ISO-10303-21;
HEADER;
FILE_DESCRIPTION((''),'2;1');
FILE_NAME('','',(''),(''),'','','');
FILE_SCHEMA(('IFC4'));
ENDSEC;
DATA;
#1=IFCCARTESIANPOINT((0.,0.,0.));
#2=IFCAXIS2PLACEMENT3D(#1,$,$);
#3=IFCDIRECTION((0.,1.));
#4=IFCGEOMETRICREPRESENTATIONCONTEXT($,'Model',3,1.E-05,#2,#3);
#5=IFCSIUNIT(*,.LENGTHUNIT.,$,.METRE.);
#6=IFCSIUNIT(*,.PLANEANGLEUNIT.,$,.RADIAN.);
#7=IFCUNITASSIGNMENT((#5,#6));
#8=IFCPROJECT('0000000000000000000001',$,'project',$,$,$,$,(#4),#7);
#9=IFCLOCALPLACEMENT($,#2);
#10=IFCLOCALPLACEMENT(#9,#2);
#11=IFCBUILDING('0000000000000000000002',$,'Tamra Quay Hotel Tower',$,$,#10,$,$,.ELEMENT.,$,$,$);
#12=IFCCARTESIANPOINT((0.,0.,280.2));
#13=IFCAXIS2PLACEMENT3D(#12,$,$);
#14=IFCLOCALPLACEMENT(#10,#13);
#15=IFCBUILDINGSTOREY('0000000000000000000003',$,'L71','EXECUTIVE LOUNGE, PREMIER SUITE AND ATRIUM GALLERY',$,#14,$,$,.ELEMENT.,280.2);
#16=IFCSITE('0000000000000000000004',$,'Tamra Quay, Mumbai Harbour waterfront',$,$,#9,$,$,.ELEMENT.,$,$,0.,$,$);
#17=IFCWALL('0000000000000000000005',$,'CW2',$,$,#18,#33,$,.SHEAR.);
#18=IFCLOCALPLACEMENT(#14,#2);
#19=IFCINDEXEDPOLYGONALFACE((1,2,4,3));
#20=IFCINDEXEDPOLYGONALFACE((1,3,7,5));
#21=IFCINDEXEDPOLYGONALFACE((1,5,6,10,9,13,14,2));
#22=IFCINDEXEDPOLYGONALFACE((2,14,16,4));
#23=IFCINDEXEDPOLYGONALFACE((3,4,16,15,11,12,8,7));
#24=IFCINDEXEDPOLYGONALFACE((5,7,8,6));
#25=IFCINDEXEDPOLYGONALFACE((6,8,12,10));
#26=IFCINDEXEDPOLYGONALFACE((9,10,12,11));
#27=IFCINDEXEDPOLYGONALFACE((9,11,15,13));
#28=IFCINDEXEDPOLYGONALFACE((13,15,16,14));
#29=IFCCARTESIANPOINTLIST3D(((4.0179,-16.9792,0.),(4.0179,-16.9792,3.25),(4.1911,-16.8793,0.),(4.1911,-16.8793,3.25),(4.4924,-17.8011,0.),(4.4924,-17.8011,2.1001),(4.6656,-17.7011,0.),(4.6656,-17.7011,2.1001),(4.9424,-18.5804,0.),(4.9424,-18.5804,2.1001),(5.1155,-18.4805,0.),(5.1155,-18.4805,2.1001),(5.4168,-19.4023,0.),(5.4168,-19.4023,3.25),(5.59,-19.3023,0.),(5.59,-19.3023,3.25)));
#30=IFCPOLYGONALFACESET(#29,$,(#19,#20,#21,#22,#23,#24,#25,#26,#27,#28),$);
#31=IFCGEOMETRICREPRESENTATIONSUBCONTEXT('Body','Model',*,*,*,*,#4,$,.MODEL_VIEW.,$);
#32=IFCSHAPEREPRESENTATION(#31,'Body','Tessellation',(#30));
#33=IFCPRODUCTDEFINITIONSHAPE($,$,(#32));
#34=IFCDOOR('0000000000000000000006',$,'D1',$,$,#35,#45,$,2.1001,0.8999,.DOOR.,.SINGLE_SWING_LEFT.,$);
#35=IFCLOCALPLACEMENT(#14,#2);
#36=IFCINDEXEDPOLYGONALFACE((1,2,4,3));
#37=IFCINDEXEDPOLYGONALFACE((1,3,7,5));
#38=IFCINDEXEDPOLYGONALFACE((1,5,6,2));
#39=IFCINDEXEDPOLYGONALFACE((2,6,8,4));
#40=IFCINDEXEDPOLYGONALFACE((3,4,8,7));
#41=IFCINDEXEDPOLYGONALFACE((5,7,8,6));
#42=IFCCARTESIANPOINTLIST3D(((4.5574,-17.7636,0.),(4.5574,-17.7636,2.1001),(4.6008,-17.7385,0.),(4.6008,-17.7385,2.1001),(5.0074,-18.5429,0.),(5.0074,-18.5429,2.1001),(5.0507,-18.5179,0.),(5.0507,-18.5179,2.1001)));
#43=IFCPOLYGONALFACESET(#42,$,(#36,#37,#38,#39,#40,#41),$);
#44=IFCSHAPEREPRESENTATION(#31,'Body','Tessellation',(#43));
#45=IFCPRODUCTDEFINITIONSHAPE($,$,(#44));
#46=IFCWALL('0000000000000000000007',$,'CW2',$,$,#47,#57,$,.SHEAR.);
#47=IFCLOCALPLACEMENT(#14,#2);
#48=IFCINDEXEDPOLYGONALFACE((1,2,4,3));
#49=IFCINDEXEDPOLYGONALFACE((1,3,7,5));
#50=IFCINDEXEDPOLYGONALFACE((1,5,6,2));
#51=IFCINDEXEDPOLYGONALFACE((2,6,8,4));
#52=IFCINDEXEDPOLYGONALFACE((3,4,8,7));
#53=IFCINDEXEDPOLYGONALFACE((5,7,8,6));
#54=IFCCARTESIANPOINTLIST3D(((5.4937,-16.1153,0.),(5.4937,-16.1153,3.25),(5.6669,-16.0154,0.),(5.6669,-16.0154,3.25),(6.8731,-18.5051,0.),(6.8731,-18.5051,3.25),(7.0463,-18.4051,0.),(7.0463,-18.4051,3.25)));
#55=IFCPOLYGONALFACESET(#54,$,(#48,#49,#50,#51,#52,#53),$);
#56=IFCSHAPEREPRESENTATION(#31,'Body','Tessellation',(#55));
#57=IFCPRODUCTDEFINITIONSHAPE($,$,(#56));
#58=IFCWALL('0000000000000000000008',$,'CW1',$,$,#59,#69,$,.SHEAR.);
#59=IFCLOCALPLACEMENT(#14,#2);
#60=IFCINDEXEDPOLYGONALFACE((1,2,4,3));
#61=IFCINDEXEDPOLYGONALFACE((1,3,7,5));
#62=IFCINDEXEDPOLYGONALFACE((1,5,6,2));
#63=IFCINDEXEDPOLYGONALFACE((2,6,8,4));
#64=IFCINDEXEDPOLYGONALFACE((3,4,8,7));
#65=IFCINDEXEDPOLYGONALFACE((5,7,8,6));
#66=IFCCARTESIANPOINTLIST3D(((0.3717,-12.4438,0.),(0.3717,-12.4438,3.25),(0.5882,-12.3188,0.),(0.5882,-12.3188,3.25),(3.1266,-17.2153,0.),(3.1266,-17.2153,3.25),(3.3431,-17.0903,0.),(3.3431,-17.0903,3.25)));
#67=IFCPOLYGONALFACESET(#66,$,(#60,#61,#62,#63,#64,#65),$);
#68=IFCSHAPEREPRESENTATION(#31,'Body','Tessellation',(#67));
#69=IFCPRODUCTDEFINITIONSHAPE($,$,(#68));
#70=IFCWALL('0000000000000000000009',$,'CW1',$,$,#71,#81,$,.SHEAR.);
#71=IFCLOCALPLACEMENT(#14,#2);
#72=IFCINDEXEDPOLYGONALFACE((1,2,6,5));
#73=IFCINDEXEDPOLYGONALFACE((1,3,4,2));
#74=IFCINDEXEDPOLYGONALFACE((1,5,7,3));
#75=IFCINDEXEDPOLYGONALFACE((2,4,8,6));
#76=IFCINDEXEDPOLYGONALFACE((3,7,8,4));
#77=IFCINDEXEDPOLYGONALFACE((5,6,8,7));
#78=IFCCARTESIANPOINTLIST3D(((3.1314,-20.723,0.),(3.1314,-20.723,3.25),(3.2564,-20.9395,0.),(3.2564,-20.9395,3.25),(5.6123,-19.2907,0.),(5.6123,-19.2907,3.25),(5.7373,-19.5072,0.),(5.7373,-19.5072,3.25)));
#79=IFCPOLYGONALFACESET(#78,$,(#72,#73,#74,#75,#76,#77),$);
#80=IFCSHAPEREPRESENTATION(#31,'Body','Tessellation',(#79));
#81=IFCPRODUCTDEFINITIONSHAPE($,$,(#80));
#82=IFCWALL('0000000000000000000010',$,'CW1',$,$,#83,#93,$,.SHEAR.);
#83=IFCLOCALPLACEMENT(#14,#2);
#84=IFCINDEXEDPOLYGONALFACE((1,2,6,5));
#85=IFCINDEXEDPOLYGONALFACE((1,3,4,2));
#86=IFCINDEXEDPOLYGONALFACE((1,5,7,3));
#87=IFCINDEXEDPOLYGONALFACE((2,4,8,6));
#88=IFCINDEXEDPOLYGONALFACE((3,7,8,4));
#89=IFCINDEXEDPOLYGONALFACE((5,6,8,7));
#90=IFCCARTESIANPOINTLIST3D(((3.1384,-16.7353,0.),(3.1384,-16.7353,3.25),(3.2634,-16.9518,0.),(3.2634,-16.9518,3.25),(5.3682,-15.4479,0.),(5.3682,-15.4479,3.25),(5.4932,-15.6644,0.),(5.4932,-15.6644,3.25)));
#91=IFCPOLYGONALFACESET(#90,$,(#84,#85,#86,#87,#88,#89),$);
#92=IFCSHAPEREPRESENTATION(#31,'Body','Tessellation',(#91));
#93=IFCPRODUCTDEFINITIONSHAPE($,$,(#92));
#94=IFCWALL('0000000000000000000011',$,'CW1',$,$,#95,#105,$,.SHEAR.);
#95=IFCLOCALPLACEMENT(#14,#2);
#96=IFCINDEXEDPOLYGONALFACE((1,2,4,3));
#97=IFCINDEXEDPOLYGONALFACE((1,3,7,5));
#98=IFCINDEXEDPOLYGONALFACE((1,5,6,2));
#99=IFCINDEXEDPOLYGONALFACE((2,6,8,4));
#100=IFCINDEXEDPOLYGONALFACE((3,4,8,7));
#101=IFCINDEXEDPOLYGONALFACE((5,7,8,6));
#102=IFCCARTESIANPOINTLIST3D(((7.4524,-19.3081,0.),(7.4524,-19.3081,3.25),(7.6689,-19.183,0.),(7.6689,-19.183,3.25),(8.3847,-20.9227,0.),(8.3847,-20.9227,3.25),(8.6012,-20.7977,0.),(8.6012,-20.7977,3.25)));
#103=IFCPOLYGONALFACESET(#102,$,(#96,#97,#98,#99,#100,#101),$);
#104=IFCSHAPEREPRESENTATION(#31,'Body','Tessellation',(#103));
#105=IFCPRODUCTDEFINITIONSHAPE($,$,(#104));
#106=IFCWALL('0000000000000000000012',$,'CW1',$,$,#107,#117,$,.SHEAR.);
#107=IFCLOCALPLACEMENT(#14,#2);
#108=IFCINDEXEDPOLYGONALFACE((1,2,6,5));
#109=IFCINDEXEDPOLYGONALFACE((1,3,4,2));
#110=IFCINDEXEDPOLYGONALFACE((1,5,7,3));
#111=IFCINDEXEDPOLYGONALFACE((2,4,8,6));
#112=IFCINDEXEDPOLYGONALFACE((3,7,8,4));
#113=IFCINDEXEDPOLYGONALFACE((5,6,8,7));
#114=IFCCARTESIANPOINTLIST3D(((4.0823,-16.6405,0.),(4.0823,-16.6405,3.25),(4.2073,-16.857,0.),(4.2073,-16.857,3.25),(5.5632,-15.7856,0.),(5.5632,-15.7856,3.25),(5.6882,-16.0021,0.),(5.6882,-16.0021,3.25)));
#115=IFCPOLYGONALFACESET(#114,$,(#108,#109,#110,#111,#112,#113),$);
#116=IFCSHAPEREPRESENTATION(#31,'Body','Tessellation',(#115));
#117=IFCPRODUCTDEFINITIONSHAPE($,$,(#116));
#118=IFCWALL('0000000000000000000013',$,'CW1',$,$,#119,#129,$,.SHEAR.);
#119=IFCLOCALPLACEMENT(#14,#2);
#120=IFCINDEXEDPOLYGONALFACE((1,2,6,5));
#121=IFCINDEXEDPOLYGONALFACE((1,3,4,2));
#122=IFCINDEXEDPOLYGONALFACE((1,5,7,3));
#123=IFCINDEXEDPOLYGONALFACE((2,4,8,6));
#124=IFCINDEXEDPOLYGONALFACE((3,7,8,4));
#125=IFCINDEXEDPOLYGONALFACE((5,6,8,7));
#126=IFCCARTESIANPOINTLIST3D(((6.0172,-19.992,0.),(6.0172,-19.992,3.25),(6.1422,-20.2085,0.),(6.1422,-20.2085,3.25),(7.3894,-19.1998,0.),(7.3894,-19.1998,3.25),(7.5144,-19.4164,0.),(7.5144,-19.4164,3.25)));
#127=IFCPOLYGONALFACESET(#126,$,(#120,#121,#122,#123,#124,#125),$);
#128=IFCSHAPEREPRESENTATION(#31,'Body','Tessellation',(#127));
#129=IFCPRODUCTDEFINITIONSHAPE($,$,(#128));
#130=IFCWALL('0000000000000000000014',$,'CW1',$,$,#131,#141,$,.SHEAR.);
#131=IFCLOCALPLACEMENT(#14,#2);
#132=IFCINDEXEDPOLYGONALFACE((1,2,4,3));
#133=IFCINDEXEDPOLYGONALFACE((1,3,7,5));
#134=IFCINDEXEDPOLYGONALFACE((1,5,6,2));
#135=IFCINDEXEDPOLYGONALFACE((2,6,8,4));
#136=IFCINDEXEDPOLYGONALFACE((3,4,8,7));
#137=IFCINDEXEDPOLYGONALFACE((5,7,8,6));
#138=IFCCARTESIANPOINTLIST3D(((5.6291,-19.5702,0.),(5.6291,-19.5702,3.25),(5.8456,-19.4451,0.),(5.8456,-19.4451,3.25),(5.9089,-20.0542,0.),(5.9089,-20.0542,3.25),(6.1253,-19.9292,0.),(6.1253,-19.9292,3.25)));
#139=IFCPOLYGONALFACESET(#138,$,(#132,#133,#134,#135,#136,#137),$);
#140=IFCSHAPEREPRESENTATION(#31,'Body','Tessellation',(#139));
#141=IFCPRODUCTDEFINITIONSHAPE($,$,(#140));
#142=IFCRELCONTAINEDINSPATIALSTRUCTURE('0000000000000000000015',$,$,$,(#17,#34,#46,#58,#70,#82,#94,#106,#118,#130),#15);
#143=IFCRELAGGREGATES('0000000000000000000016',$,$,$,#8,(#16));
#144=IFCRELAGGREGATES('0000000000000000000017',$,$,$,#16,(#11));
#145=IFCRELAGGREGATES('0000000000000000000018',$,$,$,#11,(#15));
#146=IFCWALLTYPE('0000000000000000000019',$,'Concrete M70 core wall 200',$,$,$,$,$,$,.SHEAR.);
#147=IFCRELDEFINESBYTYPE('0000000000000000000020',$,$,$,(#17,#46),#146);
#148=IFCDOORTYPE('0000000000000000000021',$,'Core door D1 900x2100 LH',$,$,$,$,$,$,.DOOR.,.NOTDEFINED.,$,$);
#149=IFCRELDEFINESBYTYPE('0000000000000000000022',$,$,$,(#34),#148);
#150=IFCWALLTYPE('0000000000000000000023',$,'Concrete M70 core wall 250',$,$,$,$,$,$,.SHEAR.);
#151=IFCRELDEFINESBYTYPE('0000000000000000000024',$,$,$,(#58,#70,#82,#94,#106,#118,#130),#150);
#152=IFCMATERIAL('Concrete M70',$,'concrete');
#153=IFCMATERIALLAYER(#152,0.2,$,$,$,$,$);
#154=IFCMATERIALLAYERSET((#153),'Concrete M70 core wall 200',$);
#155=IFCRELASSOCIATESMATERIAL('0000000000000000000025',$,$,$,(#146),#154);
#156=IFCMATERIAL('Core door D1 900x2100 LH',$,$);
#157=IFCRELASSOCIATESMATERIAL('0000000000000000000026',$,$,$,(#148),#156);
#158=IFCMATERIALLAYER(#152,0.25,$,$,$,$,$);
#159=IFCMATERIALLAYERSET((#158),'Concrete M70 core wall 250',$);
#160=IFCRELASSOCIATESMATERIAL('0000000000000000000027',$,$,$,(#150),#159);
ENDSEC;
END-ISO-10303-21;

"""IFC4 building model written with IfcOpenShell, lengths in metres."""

from ifc_helpers import new_model, si_unit, direction, frame, frame_2d, origin, place, context, subcontext, project, spatial, rectangle, extrude, material, layer, layer_set, type_object, element, fill, save


model = new_model("IFC4")

# Units and contexts
model_context = context("Model", 3, precision=1e-05, world=origin(), true_north=direction((0.0, 1.0)))
body_context = subcontext(model_context, "Body", "Model", "MODEL_VIEW")
ifc_project = project(units=[si_unit("LENGTHUNIT", "METRE"), si_unit("PLANEANGLEUNIT", "RADIAN")], contexts=[model_context])

# Site, building, storey
site_placement = place(None, origin())
site = spatial("IfcSite", under=ifc_project, at=site_placement, Name="Tamra Quay, Mumbai Harbour waterfront", CompositionType="ELEMENT", RefElevation=0.0)
building_placement = place(site_placement, origin())
building = spatial("IfcBuilding", under=site, at=building_placement, Name="Tamra Quay Hotel Tower", CompositionType="ELEMENT")
storey_placement = place(building_placement, frame((0.0, 0.0, 280.2)))
storey = spatial("IfcBuildingStorey", under=building, at=storey_placement, Name="L71", Description="EXECUTIVE LOUNGE, PREMIER SUITE AND ATRIUM GALLERY", CompositionType="ELEMENT", Elevation=280.2)

# Shared definitions
ifc_material_1 = material(Name="Concrete M70", Category="concrete")

# Shared definitions
ifc_layer_1 = layer(ifc_material_1, 0.2)
ifc_layer_set_1 = layer_set([ifc_layer_1], Name="Concrete M70 core wall 200")
wall_type_1 = type_object("IfcWallType", Name="Concrete M70 core wall 200", PredefinedType="SHEAR", material=ifc_layer_set_1)

# Wall, opening, door
wall_1_placement = place(storey_placement, frame((5.5034, -19.3523, 0.0), z_axis=(0.0, 0.0, 1.0), x_axis=(-0.499987, 0.866033, 0.0)))
wall_1 = element("IfcWall", 1, at=wall_1_placement, inside=storey, type_object=wall_type_1, Name="CW2", PredefinedType="SHEAR", context=body_context, shape_type="SweptSolid", body=[
    extrude(rectangle(XDim=2.7979, YDim=0.2, at=frame_2d((1.3989, 0.0))), origin(), (0.0, 0.0, 1.0), 3.25),
])
opening_1_placement = place(wall_1_placement, frame((0.949, 0.0, 0.0)))
opening_1 = element("IfcOpeningElement", 2, at=opening_1_placement, cuts=wall_1, PredefinedType="OPENING", context=body_context, shape_type="SweptSolid", body=[
    extrude(rectangle(XDim=0.8999, YDim=2.1001, at=frame_2d((0.45, 1.05))), frame((0.0, 0.1099, 0.0), z_axis=(0.0, -1.0, 0.0), x_axis=(1.0, 0.0, 0.0)), (0.0, 0.0, 1.0), 0.22),
])
ifc_material_2 = material(Name="Core door D1 900x2100 LH")
door_type_1 = type_object("IfcDoorType", Name="Core door D1 900x2100 LH", OperationType="NOTDEFINED", PredefinedType="DOOR", material=ifc_material_2)
door_1_placement = place(opening_1_placement, origin())
door_1 = element("IfcDoor", 3, at=door_1_placement, inside=storey, type_object=door_type_1, Name="D1", OperationType="SINGLE_SWING_LEFT", OverallHeight=2.1001, OverallWidth=0.8999, PredefinedType="DOOR", context=body_context, shape_type="SweptSolid", body=[
    extrude(rectangle(XDim=0.8999, YDim=2.1001, at=frame_2d((0.45, 1.05))), frame((0.0, 0.0249, 0.0), z_axis=(0.0, -1.0, 0.0), x_axis=(1.0, 0.0, 0.0)), (0.0, 0.0, 1.0), 0.05),
])
fill(opening_1, door_1)

# Walls
wall_2_placement = place(storey_placement, frame((6.9597, -18.4551, 0.0), z_axis=(0.0, 0.0, 1.0), x_axis=(-0.499927, 0.866068, 0.0)))
element("IfcWall", 4, at=wall_2_placement, inside=storey, type_object=wall_type_1, Name="CW2", PredefinedType="SHEAR", context=body_context, shape_type="SweptSolid", body=[
    extrude(rectangle(XDim=2.7593, YDim=0.2, at=frame_2d((1.3796, 0.0))), origin(), (0.0, 0.0, 1.0), 3.25),
])
ifc_layer_2 = layer(ifc_material_1, 0.25)
ifc_layer_set_2 = layer_set([ifc_layer_2], Name="Concrete M70 core wall 250")
wall_type_2 = type_object("IfcWallType", Name="Concrete M70 core wall 250", PredefinedType="SHEAR", material=ifc_layer_set_2)
wall_3_placement = place(storey_placement, frame((3.2349, -17.1528, 0.0), z_axis=(0.0, 0.0, 1.0), x_axis=(-0.500009, 0.86602, 0.0)))
element("IfcWall", 5, at=wall_3_placement, inside=storey, type_object=wall_type_2, Name="CW1", PredefinedType="SHEAR", context=body_context, shape_type="SweptSolid", body=[
    extrude(rectangle(XDim=5.5098, YDim=0.25, at=frame_2d((2.7549, 0.0))), origin(), (0.0, 0.0, 1.0), 3.25),
])
wall_4_placement = place(storey_placement, frame((5.6748, -19.3989, 0.0), z_axis=(0.0, 0.0, 1.0), x_axis=(-0.866027, -0.499998, 0.0)))
element("IfcWall", 6, at=wall_4_placement, inside=storey, type_object=wall_type_2, Name="CW1", PredefinedType="SHEAR", context=body_context, shape_type="SweptSolid", body=[
    extrude(rectangle(XDim=2.8647, YDim=0.25, at=frame_2d((1.4324, 0.0))), origin(), (0.0, 0.0, 1.0), 3.25),
])
wall_5_placement = place(storey_placement, frame((5.4307, -15.5562, 0.0), z_axis=(0.0, 0.0, 1.0), x_axis=(-0.866023, -0.500004, 0.0)))
element("IfcWall", 7, at=wall_5_placement, inside=storey, type_object=wall_type_2, Name="CW1", PredefinedType="SHEAR", context=body_context, shape_type="SweptSolid", body=[
    extrude(rectangle(XDim=2.5747, YDim=0.25, at=frame_2d((1.2874, 0.0))), origin(), (0.0, 0.0, 1.0), 3.25),
])
wall_6_placement = place(storey_placement, frame((8.4929, -20.8601, 0.0), z_axis=(0.0, 0.0, 1.0), x_axis=(-0.50004, 0.866002, 0.0)))
element("IfcWall", 8, at=wall_6_placement, inside=storey, type_object=wall_type_2, Name="CW1", PredefinedType="SHEAR", context=body_context, shape_type="SweptSolid", body=[
    extrude(rectangle(XDim=1.8645, YDim=0.25, at=frame_2d((0.9321, 0.0))), origin(), (0.0, 0.0, 1.0), 3.25),
])
wall_7_placement = place(storey_placement, frame((4.1448, -16.7488, 0.0), z_axis=(0.0, 0.0, 1.0), x_axis=(0.866038, 0.499978, 0.0)))
element("IfcWall", 9, at=wall_7_placement, inside=storey, type_object=wall_type_2, Name="CW1", PredefinedType="SHEAR", context=body_context, shape_type="SweptSolid", body=[
    extrude(rectangle(XDim=1.71, YDim=0.25, at=frame_2d((0.855, 0.0))), origin(), (0.0, 0.0, 1.0), 3.25),
])
wall_8_placement = place(storey_placement, frame((7.4519, -19.3081, 0.0), z_axis=(0.0, 0.0, 1.0), x_axis=(-0.866044, -0.499967, 0.0)))
element("IfcWall", 10, at=wall_8_placement, inside=storey, type_object=wall_type_2, Name="CW1", PredefinedType="SHEAR", context=body_context, shape_type="SweptSolid", body=[
    extrude(rectangle(XDim=1.5845, YDim=0.25, at=frame_2d((0.7922, 0.0))), origin(), (0.0, 0.0, 1.0), 3.25),
])
wall_9_placement = place(storey_placement, frame((6.0171, -19.9917, 0.0), z_axis=(0.0, 0.0, 1.0), x_axis=(-0.500365, 0.865815, 0.0)))
element("IfcWall", 11, at=wall_9_placement, inside=storey, type_object=wall_type_2, Name="CW1", PredefinedType="SHEAR", context=body_context, shape_type="SweptSolid", body=[
    extrude(rectangle(XDim=0.5591, YDim=0.25, at=frame_2d((0.2795, 0.0))), origin(), (0.0, 0.0, 1.0), 3.25),
])

save(model, "model.ifc")
